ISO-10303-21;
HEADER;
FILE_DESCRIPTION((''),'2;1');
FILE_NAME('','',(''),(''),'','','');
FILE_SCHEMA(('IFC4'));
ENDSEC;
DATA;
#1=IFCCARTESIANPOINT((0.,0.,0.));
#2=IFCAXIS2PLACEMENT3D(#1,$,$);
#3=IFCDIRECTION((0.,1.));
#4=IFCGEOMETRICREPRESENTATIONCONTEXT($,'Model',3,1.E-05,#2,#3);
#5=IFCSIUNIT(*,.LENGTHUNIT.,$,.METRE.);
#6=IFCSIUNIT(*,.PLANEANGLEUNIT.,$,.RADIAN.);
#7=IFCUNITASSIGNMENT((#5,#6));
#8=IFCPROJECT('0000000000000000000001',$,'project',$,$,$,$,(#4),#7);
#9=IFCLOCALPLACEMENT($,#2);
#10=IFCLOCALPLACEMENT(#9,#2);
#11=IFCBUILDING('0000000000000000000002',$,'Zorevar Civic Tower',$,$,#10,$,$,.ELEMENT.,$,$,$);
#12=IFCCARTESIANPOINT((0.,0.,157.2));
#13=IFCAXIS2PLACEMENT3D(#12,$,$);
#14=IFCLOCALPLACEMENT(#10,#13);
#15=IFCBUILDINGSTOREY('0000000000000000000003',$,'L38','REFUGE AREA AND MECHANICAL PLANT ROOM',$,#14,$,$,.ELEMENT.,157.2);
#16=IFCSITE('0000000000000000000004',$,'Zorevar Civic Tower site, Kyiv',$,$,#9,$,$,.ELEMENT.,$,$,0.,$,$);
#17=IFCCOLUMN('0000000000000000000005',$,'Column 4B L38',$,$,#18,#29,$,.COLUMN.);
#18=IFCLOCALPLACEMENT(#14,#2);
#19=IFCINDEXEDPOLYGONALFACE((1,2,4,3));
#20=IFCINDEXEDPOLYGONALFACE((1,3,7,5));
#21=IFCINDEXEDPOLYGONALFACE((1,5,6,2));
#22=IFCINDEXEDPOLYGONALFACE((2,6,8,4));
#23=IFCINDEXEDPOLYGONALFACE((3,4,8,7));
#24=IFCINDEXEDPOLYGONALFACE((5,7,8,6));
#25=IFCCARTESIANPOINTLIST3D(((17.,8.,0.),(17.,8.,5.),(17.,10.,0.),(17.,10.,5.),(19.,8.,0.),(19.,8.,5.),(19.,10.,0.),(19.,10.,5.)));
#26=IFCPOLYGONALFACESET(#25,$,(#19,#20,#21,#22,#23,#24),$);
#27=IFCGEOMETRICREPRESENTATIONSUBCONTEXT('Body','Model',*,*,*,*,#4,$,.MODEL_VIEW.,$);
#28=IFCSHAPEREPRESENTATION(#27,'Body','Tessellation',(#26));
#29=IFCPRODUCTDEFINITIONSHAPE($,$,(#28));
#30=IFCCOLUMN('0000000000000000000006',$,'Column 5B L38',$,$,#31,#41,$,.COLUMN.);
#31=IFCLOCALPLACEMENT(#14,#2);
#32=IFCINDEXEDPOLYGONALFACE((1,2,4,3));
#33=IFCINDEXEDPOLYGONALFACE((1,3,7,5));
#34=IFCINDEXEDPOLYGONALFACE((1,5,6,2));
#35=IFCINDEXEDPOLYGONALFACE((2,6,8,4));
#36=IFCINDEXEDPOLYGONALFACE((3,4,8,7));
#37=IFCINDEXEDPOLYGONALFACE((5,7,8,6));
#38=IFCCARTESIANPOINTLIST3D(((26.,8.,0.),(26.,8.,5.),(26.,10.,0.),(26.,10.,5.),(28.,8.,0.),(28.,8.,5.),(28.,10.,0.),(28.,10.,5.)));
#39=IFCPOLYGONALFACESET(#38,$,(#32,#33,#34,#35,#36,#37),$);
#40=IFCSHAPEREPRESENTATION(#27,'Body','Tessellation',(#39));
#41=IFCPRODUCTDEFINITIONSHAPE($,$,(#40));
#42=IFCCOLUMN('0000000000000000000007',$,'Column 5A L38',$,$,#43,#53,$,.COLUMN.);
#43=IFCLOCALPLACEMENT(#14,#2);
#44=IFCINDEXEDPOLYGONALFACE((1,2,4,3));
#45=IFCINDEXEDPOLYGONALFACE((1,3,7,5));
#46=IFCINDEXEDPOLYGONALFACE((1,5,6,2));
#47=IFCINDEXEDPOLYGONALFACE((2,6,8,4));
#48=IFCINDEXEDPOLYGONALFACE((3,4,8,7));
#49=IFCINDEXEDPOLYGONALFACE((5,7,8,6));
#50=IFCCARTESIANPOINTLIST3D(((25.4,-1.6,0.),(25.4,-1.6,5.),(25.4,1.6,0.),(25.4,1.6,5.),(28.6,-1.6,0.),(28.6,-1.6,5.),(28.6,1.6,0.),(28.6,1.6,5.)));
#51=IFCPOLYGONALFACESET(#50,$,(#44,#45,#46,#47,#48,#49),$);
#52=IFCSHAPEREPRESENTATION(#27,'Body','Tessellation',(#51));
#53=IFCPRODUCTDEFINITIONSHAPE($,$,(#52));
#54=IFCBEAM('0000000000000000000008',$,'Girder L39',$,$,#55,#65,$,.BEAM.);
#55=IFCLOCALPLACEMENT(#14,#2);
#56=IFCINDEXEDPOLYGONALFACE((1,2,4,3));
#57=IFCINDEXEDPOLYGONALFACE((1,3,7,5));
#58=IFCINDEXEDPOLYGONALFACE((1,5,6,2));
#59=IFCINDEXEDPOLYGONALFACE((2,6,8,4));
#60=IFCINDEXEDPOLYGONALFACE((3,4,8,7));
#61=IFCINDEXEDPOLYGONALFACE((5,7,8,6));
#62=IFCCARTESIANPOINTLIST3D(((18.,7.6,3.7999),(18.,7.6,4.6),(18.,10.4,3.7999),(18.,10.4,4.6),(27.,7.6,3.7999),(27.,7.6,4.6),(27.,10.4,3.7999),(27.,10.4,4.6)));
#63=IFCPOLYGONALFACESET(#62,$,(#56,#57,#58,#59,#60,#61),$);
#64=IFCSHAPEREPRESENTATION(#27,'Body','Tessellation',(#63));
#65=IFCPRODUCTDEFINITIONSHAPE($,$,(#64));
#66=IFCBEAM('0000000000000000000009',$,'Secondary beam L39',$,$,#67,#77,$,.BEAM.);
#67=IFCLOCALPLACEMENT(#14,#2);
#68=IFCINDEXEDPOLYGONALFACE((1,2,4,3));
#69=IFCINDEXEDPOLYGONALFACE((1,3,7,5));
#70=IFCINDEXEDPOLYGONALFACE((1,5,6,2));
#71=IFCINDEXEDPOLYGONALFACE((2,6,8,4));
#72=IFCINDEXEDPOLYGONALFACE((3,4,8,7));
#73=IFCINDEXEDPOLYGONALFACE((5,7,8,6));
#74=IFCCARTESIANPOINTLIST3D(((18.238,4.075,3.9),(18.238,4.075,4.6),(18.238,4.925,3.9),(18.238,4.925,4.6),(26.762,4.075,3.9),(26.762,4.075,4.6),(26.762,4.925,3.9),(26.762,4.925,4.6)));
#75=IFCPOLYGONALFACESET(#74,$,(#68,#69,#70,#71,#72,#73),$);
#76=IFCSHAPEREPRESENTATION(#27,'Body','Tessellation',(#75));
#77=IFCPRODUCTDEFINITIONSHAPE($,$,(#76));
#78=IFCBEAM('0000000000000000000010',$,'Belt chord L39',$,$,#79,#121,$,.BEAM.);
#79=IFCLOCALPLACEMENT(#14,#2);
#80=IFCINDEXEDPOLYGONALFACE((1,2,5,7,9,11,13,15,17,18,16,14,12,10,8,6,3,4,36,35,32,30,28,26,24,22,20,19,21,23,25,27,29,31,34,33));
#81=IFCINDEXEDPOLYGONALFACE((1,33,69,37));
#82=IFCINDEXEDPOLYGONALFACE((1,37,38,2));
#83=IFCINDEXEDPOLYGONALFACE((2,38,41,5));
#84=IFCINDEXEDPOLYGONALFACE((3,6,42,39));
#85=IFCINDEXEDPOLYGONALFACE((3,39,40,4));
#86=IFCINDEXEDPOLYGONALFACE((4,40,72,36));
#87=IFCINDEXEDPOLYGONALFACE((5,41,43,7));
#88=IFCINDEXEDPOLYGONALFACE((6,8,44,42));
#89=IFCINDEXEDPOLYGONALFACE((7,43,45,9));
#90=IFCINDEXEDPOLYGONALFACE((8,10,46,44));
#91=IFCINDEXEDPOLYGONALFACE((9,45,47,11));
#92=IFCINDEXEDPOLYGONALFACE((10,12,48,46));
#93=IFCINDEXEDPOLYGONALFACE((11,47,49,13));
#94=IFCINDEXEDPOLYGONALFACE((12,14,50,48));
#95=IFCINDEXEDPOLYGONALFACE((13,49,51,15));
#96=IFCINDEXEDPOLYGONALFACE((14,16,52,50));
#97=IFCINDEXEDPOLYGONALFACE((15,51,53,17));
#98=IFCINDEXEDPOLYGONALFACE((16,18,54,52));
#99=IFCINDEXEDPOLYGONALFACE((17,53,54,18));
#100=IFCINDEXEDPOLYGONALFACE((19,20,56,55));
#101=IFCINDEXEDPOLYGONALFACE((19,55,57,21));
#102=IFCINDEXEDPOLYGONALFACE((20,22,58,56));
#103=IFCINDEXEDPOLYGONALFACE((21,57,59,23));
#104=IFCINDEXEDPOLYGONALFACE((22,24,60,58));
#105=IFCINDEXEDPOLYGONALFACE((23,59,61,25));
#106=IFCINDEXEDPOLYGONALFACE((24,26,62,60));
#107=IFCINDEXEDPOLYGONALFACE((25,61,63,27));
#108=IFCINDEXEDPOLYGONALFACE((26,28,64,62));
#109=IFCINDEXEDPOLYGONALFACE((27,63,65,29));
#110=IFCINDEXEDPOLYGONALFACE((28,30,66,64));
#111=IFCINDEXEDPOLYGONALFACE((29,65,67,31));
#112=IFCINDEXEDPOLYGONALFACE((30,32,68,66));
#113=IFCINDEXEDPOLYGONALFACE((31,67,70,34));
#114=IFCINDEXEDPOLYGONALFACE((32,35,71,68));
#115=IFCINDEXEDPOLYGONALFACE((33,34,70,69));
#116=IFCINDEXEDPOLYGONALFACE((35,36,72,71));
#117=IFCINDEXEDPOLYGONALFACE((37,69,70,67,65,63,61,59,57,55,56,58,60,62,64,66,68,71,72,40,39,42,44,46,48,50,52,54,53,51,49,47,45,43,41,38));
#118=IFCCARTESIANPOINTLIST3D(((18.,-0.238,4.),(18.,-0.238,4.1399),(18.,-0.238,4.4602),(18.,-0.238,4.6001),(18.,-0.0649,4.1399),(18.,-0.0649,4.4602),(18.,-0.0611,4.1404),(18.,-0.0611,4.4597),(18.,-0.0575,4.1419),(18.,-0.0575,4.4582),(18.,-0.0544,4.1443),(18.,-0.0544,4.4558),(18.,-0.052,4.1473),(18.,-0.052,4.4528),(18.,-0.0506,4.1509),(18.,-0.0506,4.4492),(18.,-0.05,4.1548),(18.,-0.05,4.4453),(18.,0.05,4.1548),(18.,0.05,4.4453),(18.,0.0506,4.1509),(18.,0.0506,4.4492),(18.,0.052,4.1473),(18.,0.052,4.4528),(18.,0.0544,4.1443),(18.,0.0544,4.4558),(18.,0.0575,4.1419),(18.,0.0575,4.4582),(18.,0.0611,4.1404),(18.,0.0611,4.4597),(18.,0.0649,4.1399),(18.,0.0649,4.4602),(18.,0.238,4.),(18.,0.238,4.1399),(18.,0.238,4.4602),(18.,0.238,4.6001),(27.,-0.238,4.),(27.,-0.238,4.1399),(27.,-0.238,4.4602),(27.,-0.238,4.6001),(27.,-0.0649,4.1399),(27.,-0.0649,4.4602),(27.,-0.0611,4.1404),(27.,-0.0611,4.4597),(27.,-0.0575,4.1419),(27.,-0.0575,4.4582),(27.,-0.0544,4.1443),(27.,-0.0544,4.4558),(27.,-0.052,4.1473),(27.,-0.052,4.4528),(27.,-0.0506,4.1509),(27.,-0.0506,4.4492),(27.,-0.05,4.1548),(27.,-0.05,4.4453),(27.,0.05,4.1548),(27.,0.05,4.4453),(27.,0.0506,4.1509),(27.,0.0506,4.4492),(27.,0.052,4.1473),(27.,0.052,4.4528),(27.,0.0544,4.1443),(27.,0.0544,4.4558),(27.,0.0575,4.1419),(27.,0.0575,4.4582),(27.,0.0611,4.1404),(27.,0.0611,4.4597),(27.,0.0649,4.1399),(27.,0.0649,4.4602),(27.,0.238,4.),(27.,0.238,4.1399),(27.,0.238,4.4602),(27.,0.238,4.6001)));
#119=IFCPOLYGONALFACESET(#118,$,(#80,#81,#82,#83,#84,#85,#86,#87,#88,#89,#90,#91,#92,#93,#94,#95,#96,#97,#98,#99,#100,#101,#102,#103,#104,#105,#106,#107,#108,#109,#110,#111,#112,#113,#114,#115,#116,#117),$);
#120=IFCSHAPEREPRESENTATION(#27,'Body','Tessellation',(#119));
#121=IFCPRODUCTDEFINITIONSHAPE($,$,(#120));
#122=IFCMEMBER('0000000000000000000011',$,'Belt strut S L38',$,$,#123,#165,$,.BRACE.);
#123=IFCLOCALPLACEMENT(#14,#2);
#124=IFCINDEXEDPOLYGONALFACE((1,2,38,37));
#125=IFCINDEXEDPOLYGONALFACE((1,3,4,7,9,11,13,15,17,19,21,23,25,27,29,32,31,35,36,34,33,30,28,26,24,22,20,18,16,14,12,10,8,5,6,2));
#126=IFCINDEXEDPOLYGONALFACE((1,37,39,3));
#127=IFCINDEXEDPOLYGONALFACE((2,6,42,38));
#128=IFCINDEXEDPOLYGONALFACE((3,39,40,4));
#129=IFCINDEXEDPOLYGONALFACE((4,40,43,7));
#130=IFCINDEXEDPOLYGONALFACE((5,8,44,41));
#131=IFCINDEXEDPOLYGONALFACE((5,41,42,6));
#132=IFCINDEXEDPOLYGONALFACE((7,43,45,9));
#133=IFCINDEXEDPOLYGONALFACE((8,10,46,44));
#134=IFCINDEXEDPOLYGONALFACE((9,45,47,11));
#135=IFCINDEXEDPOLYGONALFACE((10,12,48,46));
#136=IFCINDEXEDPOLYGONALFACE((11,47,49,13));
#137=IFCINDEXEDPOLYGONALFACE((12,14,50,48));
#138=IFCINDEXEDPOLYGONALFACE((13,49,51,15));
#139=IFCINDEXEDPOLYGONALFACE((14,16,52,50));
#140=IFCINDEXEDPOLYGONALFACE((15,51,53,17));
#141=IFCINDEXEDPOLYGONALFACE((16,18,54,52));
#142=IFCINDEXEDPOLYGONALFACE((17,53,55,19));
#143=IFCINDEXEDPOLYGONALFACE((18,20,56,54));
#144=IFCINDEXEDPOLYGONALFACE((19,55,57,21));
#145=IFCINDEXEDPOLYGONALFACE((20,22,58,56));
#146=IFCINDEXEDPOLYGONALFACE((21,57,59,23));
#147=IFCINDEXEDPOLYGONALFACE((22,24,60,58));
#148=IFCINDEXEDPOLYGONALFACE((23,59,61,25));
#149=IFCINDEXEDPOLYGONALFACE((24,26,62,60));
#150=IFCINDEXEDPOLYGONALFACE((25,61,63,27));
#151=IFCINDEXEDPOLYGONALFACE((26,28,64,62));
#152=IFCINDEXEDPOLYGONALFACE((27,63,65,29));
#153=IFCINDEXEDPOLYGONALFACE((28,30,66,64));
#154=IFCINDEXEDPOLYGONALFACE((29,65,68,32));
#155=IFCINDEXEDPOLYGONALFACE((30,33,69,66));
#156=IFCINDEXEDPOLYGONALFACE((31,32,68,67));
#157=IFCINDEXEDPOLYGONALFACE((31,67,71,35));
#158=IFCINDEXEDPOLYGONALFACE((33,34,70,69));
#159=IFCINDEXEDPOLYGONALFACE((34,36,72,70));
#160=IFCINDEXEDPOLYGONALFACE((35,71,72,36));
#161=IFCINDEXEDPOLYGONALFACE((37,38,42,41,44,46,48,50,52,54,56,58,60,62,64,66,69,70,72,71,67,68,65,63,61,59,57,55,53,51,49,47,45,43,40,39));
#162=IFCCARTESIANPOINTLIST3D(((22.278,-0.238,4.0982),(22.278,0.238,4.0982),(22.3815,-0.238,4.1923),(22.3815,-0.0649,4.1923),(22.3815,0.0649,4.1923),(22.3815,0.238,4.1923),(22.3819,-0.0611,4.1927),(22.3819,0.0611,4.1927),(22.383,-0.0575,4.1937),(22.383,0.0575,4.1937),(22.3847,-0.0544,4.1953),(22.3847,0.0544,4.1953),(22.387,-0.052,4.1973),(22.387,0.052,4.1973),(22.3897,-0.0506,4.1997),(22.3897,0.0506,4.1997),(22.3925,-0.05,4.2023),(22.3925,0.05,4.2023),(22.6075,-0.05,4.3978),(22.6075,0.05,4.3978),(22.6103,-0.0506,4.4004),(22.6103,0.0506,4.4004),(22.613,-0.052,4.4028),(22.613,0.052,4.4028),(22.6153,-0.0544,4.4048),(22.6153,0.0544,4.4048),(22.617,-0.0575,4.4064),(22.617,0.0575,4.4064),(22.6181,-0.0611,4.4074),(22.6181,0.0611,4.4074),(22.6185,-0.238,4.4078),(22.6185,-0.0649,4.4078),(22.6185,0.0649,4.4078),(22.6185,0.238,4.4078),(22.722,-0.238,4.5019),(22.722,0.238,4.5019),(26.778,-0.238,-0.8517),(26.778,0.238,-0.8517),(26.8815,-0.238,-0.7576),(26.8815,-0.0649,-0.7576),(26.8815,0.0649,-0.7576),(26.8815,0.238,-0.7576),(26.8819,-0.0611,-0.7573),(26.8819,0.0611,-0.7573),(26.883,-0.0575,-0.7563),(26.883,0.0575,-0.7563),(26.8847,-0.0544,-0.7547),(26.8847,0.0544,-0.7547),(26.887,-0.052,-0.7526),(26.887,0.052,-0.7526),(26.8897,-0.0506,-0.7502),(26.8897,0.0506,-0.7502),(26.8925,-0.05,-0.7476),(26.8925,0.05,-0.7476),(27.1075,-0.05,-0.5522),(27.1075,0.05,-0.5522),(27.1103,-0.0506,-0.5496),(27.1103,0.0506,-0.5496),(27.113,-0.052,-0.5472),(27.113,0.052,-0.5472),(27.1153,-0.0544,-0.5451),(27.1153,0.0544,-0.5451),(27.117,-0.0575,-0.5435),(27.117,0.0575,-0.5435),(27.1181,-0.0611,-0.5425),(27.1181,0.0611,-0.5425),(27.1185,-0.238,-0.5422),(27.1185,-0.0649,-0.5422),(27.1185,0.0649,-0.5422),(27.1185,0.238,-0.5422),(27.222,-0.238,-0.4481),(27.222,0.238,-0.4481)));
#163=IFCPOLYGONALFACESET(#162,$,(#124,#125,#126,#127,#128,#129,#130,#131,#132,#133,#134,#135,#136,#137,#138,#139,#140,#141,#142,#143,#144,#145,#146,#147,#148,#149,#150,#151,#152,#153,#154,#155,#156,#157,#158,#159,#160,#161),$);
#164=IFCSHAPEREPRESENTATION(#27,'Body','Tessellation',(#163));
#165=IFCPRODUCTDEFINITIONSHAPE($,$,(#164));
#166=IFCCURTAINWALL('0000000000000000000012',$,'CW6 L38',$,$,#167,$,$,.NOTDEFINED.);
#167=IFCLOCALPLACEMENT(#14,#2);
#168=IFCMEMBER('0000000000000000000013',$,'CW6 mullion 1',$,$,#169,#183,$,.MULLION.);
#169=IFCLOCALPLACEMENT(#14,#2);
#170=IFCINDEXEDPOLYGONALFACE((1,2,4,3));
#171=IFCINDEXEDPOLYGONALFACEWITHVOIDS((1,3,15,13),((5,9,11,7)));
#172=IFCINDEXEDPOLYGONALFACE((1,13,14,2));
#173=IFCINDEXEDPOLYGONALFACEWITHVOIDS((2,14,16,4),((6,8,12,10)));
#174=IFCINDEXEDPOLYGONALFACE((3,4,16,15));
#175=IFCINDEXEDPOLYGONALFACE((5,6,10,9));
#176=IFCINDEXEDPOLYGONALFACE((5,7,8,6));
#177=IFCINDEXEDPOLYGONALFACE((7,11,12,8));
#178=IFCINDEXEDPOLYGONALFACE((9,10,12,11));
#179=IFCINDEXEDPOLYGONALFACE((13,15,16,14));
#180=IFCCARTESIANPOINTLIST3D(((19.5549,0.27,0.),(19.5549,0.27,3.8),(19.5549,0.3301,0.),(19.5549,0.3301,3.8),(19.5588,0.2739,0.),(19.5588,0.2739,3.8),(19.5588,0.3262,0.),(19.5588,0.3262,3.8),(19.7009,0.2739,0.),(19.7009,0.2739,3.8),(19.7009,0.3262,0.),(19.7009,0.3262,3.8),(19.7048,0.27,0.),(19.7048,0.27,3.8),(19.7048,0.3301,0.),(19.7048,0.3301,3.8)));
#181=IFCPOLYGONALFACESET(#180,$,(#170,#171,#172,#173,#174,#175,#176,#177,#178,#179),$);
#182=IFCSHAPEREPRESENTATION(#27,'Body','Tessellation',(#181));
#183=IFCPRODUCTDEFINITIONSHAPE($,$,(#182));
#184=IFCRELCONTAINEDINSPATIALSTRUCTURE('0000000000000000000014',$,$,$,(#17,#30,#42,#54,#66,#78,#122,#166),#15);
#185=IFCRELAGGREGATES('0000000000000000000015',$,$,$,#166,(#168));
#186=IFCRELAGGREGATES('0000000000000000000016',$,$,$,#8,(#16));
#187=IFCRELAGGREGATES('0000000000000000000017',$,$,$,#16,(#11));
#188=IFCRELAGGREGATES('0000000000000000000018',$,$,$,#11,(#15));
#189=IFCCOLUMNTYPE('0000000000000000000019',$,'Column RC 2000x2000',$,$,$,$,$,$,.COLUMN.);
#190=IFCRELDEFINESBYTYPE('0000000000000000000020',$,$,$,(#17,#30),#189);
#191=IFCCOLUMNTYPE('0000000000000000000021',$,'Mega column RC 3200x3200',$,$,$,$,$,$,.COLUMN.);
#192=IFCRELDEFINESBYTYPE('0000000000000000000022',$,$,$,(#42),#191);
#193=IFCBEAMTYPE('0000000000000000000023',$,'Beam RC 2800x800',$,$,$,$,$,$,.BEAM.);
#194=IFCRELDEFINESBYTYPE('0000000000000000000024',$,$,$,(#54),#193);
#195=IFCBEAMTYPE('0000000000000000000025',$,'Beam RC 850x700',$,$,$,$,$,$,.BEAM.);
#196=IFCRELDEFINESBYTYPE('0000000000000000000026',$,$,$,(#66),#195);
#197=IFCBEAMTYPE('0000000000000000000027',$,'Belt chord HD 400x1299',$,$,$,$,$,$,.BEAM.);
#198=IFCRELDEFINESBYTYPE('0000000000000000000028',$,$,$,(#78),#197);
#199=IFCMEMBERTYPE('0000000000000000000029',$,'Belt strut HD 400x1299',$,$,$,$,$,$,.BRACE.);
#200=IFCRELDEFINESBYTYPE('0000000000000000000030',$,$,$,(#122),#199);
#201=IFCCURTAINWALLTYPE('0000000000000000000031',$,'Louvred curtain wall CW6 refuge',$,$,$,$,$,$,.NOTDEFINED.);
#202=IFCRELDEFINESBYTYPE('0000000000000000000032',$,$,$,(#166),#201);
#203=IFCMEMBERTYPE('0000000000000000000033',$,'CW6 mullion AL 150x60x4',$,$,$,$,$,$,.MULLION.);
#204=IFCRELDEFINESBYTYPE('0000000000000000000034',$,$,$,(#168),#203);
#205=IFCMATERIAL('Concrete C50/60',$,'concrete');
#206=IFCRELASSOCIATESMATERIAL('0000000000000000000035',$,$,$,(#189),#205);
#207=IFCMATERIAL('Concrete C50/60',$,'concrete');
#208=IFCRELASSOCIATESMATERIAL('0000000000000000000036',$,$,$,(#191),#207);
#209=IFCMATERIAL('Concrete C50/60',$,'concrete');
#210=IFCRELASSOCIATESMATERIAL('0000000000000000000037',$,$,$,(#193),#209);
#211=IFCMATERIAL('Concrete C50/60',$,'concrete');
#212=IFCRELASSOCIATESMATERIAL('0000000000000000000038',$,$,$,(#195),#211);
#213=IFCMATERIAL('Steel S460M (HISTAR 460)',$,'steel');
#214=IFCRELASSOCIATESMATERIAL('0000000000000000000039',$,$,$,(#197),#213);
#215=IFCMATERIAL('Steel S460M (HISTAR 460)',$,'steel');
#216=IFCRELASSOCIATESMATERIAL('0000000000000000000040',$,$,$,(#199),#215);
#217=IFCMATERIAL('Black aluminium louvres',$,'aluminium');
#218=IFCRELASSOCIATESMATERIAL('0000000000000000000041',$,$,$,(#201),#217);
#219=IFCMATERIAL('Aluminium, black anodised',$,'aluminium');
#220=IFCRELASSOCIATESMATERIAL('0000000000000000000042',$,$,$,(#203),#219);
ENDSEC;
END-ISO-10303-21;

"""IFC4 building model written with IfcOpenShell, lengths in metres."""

from ifc_helpers import new_model, si_unit, direction, frame, origin, origin_2d, place, context, subcontext, project, spatial, rectangle, hollow_rectangle, i_section, extrude, material, material_profile, profile_set, type_object, element, aggregate, save


model = new_model("IFC4")

# Units and contexts
model_context = context("Model", 3, precision=1e-05, world=origin(), true_north=direction((0.0, 1.0)))
body_context = subcontext(model_context, "Body", "Model", "MODEL_VIEW")
ifc_project = project(units=[si_unit("LENGTHUNIT", "METRE"), si_unit("PLANEANGLEUNIT", "RADIAN")], contexts=[model_context])

# Site, building, storey
site_placement = place(None, origin())
site = spatial("IfcSite", under=ifc_project, at=site_placement, Name="Zorevar Civic Tower site, Kyiv", CompositionType="ELEMENT", RefElevation=0.0)
building_placement = place(site_placement, origin())
building = spatial("IfcBuilding", under=site, at=building_placement, Name="Zorevar Civic Tower", CompositionType="ELEMENT")
storey_placement = place(building_placement, frame((0.0, 0.0, 157.2)))
storey = spatial("IfcBuildingStorey", under=building, at=storey_placement, Name="L38", Description="REFUGE AREA AND MECHANICAL PLANT ROOM", CompositionType="ELEMENT", Elevation=157.2)

# Columns
ifc_material_1 = material(Name="Concrete C50/60", Category="concrete")
ifc_material_profile_1 = material_profile(ifc_material_1, rectangle(XDim=2.0, YDim=2.0, at=origin_2d()), Name="RC 2000x2000")
ifc_profile_set_1 = profile_set([ifc_material_profile_1], Name="Concrete C50/60")
column_type_1 = type_object("IfcColumnType", Name="Column RC 2000x2000", PredefinedType="COLUMN", material=ifc_profile_set_1)
for number, where, z_axis, x_axis, name in (
    (1, (18.0, 9.0, 0.0), (0.0, 0.0, 1.0), (1.0, 0.0, 0.0), "Column 4B L38"),
    (2, (27.0, 9.0, 0.0), (0.0, 0.0, 1.0), (1.0, 0.0, 0.0), "Column 5B L38"),
):
    element("IfcColumn", number, at=place(storey_placement, frame(where, z_axis=z_axis, x_axis=x_axis)), inside=storey, type_object=column_type_1, Name=name, PredefinedType="COLUMN", context=body_context, shape_type="SweptSolid", body=[
        extrude(rectangle(XDim=2.0, YDim=2.0, at=origin_2d()), origin(), (0.0, 0.0, 1.0), 5.0),
    ])
ifc_material_2 = material(Name="Concrete C50/60", Category="concrete")
ifc_material_profile_2 = material_profile(ifc_material_2, rectangle(XDim=3.2, YDim=3.2, at=origin_2d()), Name="RC 3200x3200")
ifc_profile_set_2 = profile_set([ifc_material_profile_2], Name="Concrete C50/60")
column_type_2 = type_object("IfcColumnType", Name="Mega column RC 3200x3200", PredefinedType="COLUMN", material=ifc_profile_set_2)
column_placement = place(storey_placement, frame((27.0, 0.0, 0.0), z_axis=(0.0, 0.0, 1.0), x_axis=(1.0, 0.0, 0.0)))
element("IfcColumn", 3, at=column_placement, inside=storey, type_object=column_type_2, Name="Column 5A L38", PredefinedType="COLUMN", context=body_context, shape_type="SweptSolid", body=[
    extrude(rectangle(XDim=3.2, YDim=3.2, at=origin_2d()), origin(), (0.0, 0.0, 1.0), 5.0),
])

# Beams
ifc_material_3 = material(Name="Concrete C50/60", Category="concrete")
ifc_material_profile_3 = material_profile(ifc_material_3, rectangle(XDim=2.8, YDim=0.8, at=origin_2d()), Name="RC 2800x800")
ifc_profile_set_3 = profile_set([ifc_material_profile_3], Name="Concrete C50/60")
beam_type_1 = type_object("IfcBeamType", Name="Beam RC 2800x800", PredefinedType="BEAM", material=ifc_profile_set_3)
beam_1_placement = place(storey_placement, frame((18.0, 9.0, 4.2), z_axis=(1.0, 0.0, 0.0), x_axis=(0.0, 1.0, 0.0)))
element("IfcBeam", 4, at=beam_1_placement, inside=storey, type_object=beam_type_1, Name="Girder L39", PredefinedType="BEAM", context=body_context, shape_type="SweptSolid", body=[
    extrude(rectangle(XDim=2.8, YDim=0.8, at=origin_2d()), origin(), (0.0, 0.0, 1.0), 9.0),
])
ifc_material_4 = material(Name="Concrete C50/60", Category="concrete")
ifc_material_profile_4 = material_profile(ifc_material_4, rectangle(XDim=0.8501, YDim=0.7, at=origin_2d()), Name="RC 850x700")
ifc_profile_set_4 = profile_set([ifc_material_profile_4], Name="Concrete C50/60")
beam_type_2 = type_object("IfcBeamType", Name="Beam RC 850x700", PredefinedType="BEAM", material=ifc_profile_set_4)
beam_2_placement = place(storey_placement, frame((18.238, 4.5, 4.25), z_axis=(1.0, 0.0, 0.0), x_axis=(0.0, 1.0, 0.0)))
element("IfcBeam", 5, at=beam_2_placement, inside=storey, type_object=beam_type_2, Name="Secondary beam L39", PredefinedType="BEAM", context=body_context, shape_type="SweptSolid", body=[
    extrude(rectangle(XDim=0.8501, YDim=0.7, at=origin_2d()), origin(), (0.0, 0.0, 1.0), 8.5239),
])
ifc_material_5 = material(Name="Steel S460M (HISTAR 460)", Category="steel")
ifc_material_profile_5 = material_profile(ifc_material_5, i_section(OverallWidth=0.4761, OverallDepth=0.6001, WebThickness=0.1001, FlangeThickness=0.1399, FilletRadius=0.0149, at=origin_2d()), Name="HD 400x1299")
ifc_profile_set_5 = profile_set([ifc_material_profile_5], Name="Steel S460M (HISTAR 460)")
beam_type_3 = type_object("IfcBeamType", Name="Belt chord HD 400x1299", PredefinedType="BEAM", material=ifc_profile_set_5)
beam_3_placement = place(storey_placement, frame((18.0, 0.0, 4.3), z_axis=(1.0, 0.0, 0.0), x_axis=(0.0, 1.0, 0.0)))
element("IfcBeam", 6, at=beam_3_placement, inside=storey, type_object=beam_type_3, Name="Belt chord L39", PredefinedType="BEAM", context=body_context, shape_type="SweptSolid", body=[
    extrude(i_section(OverallWidth=0.4761, OverallDepth=0.6001, WebThickness=0.1001, FlangeThickness=0.1399, FilletRadius=0.0149, at=origin_2d()), origin(), (0.0, 0.0, 1.0), 9.0),
])

# Member
ifc_material_6 = material(Name="Steel S460M (HISTAR 460)", Category="steel")
ifc_material_profile_6 = material_profile(ifc_material_6, i_section(OverallWidth=0.4761, OverallDepth=0.6001, WebThickness=0.1001, FlangeThickness=0.1399, FilletRadius=0.0149, at=origin_2d()), Name="HD 400x1299")
ifc_profile_set_6 = profile_set([ifc_material_profile_6], Name="Steel S460M (HISTAR 460)")
member_type_1 = type_object("IfcMemberType", Name="Belt strut HD 400x1299", PredefinedType="BRACE", material=ifc_profile_set_6)
member_1_placement = place(storey_placement, frame((27.0, 0.0, -0.6499), z_axis=(-0.672676, 0.0, 0.739937), x_axis=(0.0, -1.0, 0.0)))
element("IfcMember", 7, at=member_1_placement, inside=storey, type_object=member_type_1, Name="Belt strut S L38", PredefinedType="BRACE", context=body_context, shape_type="SweptSolid", body=[
    extrude(i_section(OverallWidth=0.4761, OverallDepth=0.6001, WebThickness=0.1001, FlangeThickness=0.1399, FilletRadius=0.0149, at=origin_2d()), origin(), (0.0, 0.0, 1.0), 6.6897),
])

# Curtain wall, member
ifc_material_7 = material(Name="Black aluminium louvres", Category="aluminium")
curtain_wall_type = type_object("IfcCurtainWallType", Name="Louvred curtain wall CW6 refuge", PredefinedType="NOTDEFINED", material=ifc_material_7)
curtain_wall_placement = place(storey_placement, origin())
curtain_wall = element("IfcCurtainWall", 8, at=curtain_wall_placement, inside=storey, type_object=curtain_wall_type, Name="CW6 L38", PredefinedType="NOTDEFINED")
ifc_material_8 = material(Name="Aluminium, black anodised", Category="aluminium")
ifc_material_profile_7 = material_profile(ifc_material_8, hollow_rectangle(XDim=0.0601, YDim=0.1499, WallThickness=0.0039, at=origin_2d()), Name="AL 150x60x4")
ifc_profile_set_7 = profile_set([ifc_material_profile_7], Name="Aluminium, black anodised")
member_type_2 = type_object("IfcMemberType", Name="CW6 mullion AL 150x60x4", PredefinedType="MULLION", material=ifc_profile_set_7)
member_2_placement = place(storey_placement, frame((19.6299, 0.3, 0.0), z_axis=(0.0, 0.0, 1.0), x_axis=(0.0, 1.0, 0.0)))
member_2 = element("IfcMember", 9, at=member_2_placement, type_object=member_type_2, Name="CW6 mullion 1", PredefinedType="MULLION", context=body_context, shape_type="SweptSolid", body=[
    extrude(hollow_rectangle(XDim=0.0601, YDim=0.1499, WallThickness=0.0039, at=origin_2d()), origin(), (0.0, 0.0, 1.0), 3.8),
])

aggregate(curtain_wall, [member_2])

save(model, "model.ifc")
